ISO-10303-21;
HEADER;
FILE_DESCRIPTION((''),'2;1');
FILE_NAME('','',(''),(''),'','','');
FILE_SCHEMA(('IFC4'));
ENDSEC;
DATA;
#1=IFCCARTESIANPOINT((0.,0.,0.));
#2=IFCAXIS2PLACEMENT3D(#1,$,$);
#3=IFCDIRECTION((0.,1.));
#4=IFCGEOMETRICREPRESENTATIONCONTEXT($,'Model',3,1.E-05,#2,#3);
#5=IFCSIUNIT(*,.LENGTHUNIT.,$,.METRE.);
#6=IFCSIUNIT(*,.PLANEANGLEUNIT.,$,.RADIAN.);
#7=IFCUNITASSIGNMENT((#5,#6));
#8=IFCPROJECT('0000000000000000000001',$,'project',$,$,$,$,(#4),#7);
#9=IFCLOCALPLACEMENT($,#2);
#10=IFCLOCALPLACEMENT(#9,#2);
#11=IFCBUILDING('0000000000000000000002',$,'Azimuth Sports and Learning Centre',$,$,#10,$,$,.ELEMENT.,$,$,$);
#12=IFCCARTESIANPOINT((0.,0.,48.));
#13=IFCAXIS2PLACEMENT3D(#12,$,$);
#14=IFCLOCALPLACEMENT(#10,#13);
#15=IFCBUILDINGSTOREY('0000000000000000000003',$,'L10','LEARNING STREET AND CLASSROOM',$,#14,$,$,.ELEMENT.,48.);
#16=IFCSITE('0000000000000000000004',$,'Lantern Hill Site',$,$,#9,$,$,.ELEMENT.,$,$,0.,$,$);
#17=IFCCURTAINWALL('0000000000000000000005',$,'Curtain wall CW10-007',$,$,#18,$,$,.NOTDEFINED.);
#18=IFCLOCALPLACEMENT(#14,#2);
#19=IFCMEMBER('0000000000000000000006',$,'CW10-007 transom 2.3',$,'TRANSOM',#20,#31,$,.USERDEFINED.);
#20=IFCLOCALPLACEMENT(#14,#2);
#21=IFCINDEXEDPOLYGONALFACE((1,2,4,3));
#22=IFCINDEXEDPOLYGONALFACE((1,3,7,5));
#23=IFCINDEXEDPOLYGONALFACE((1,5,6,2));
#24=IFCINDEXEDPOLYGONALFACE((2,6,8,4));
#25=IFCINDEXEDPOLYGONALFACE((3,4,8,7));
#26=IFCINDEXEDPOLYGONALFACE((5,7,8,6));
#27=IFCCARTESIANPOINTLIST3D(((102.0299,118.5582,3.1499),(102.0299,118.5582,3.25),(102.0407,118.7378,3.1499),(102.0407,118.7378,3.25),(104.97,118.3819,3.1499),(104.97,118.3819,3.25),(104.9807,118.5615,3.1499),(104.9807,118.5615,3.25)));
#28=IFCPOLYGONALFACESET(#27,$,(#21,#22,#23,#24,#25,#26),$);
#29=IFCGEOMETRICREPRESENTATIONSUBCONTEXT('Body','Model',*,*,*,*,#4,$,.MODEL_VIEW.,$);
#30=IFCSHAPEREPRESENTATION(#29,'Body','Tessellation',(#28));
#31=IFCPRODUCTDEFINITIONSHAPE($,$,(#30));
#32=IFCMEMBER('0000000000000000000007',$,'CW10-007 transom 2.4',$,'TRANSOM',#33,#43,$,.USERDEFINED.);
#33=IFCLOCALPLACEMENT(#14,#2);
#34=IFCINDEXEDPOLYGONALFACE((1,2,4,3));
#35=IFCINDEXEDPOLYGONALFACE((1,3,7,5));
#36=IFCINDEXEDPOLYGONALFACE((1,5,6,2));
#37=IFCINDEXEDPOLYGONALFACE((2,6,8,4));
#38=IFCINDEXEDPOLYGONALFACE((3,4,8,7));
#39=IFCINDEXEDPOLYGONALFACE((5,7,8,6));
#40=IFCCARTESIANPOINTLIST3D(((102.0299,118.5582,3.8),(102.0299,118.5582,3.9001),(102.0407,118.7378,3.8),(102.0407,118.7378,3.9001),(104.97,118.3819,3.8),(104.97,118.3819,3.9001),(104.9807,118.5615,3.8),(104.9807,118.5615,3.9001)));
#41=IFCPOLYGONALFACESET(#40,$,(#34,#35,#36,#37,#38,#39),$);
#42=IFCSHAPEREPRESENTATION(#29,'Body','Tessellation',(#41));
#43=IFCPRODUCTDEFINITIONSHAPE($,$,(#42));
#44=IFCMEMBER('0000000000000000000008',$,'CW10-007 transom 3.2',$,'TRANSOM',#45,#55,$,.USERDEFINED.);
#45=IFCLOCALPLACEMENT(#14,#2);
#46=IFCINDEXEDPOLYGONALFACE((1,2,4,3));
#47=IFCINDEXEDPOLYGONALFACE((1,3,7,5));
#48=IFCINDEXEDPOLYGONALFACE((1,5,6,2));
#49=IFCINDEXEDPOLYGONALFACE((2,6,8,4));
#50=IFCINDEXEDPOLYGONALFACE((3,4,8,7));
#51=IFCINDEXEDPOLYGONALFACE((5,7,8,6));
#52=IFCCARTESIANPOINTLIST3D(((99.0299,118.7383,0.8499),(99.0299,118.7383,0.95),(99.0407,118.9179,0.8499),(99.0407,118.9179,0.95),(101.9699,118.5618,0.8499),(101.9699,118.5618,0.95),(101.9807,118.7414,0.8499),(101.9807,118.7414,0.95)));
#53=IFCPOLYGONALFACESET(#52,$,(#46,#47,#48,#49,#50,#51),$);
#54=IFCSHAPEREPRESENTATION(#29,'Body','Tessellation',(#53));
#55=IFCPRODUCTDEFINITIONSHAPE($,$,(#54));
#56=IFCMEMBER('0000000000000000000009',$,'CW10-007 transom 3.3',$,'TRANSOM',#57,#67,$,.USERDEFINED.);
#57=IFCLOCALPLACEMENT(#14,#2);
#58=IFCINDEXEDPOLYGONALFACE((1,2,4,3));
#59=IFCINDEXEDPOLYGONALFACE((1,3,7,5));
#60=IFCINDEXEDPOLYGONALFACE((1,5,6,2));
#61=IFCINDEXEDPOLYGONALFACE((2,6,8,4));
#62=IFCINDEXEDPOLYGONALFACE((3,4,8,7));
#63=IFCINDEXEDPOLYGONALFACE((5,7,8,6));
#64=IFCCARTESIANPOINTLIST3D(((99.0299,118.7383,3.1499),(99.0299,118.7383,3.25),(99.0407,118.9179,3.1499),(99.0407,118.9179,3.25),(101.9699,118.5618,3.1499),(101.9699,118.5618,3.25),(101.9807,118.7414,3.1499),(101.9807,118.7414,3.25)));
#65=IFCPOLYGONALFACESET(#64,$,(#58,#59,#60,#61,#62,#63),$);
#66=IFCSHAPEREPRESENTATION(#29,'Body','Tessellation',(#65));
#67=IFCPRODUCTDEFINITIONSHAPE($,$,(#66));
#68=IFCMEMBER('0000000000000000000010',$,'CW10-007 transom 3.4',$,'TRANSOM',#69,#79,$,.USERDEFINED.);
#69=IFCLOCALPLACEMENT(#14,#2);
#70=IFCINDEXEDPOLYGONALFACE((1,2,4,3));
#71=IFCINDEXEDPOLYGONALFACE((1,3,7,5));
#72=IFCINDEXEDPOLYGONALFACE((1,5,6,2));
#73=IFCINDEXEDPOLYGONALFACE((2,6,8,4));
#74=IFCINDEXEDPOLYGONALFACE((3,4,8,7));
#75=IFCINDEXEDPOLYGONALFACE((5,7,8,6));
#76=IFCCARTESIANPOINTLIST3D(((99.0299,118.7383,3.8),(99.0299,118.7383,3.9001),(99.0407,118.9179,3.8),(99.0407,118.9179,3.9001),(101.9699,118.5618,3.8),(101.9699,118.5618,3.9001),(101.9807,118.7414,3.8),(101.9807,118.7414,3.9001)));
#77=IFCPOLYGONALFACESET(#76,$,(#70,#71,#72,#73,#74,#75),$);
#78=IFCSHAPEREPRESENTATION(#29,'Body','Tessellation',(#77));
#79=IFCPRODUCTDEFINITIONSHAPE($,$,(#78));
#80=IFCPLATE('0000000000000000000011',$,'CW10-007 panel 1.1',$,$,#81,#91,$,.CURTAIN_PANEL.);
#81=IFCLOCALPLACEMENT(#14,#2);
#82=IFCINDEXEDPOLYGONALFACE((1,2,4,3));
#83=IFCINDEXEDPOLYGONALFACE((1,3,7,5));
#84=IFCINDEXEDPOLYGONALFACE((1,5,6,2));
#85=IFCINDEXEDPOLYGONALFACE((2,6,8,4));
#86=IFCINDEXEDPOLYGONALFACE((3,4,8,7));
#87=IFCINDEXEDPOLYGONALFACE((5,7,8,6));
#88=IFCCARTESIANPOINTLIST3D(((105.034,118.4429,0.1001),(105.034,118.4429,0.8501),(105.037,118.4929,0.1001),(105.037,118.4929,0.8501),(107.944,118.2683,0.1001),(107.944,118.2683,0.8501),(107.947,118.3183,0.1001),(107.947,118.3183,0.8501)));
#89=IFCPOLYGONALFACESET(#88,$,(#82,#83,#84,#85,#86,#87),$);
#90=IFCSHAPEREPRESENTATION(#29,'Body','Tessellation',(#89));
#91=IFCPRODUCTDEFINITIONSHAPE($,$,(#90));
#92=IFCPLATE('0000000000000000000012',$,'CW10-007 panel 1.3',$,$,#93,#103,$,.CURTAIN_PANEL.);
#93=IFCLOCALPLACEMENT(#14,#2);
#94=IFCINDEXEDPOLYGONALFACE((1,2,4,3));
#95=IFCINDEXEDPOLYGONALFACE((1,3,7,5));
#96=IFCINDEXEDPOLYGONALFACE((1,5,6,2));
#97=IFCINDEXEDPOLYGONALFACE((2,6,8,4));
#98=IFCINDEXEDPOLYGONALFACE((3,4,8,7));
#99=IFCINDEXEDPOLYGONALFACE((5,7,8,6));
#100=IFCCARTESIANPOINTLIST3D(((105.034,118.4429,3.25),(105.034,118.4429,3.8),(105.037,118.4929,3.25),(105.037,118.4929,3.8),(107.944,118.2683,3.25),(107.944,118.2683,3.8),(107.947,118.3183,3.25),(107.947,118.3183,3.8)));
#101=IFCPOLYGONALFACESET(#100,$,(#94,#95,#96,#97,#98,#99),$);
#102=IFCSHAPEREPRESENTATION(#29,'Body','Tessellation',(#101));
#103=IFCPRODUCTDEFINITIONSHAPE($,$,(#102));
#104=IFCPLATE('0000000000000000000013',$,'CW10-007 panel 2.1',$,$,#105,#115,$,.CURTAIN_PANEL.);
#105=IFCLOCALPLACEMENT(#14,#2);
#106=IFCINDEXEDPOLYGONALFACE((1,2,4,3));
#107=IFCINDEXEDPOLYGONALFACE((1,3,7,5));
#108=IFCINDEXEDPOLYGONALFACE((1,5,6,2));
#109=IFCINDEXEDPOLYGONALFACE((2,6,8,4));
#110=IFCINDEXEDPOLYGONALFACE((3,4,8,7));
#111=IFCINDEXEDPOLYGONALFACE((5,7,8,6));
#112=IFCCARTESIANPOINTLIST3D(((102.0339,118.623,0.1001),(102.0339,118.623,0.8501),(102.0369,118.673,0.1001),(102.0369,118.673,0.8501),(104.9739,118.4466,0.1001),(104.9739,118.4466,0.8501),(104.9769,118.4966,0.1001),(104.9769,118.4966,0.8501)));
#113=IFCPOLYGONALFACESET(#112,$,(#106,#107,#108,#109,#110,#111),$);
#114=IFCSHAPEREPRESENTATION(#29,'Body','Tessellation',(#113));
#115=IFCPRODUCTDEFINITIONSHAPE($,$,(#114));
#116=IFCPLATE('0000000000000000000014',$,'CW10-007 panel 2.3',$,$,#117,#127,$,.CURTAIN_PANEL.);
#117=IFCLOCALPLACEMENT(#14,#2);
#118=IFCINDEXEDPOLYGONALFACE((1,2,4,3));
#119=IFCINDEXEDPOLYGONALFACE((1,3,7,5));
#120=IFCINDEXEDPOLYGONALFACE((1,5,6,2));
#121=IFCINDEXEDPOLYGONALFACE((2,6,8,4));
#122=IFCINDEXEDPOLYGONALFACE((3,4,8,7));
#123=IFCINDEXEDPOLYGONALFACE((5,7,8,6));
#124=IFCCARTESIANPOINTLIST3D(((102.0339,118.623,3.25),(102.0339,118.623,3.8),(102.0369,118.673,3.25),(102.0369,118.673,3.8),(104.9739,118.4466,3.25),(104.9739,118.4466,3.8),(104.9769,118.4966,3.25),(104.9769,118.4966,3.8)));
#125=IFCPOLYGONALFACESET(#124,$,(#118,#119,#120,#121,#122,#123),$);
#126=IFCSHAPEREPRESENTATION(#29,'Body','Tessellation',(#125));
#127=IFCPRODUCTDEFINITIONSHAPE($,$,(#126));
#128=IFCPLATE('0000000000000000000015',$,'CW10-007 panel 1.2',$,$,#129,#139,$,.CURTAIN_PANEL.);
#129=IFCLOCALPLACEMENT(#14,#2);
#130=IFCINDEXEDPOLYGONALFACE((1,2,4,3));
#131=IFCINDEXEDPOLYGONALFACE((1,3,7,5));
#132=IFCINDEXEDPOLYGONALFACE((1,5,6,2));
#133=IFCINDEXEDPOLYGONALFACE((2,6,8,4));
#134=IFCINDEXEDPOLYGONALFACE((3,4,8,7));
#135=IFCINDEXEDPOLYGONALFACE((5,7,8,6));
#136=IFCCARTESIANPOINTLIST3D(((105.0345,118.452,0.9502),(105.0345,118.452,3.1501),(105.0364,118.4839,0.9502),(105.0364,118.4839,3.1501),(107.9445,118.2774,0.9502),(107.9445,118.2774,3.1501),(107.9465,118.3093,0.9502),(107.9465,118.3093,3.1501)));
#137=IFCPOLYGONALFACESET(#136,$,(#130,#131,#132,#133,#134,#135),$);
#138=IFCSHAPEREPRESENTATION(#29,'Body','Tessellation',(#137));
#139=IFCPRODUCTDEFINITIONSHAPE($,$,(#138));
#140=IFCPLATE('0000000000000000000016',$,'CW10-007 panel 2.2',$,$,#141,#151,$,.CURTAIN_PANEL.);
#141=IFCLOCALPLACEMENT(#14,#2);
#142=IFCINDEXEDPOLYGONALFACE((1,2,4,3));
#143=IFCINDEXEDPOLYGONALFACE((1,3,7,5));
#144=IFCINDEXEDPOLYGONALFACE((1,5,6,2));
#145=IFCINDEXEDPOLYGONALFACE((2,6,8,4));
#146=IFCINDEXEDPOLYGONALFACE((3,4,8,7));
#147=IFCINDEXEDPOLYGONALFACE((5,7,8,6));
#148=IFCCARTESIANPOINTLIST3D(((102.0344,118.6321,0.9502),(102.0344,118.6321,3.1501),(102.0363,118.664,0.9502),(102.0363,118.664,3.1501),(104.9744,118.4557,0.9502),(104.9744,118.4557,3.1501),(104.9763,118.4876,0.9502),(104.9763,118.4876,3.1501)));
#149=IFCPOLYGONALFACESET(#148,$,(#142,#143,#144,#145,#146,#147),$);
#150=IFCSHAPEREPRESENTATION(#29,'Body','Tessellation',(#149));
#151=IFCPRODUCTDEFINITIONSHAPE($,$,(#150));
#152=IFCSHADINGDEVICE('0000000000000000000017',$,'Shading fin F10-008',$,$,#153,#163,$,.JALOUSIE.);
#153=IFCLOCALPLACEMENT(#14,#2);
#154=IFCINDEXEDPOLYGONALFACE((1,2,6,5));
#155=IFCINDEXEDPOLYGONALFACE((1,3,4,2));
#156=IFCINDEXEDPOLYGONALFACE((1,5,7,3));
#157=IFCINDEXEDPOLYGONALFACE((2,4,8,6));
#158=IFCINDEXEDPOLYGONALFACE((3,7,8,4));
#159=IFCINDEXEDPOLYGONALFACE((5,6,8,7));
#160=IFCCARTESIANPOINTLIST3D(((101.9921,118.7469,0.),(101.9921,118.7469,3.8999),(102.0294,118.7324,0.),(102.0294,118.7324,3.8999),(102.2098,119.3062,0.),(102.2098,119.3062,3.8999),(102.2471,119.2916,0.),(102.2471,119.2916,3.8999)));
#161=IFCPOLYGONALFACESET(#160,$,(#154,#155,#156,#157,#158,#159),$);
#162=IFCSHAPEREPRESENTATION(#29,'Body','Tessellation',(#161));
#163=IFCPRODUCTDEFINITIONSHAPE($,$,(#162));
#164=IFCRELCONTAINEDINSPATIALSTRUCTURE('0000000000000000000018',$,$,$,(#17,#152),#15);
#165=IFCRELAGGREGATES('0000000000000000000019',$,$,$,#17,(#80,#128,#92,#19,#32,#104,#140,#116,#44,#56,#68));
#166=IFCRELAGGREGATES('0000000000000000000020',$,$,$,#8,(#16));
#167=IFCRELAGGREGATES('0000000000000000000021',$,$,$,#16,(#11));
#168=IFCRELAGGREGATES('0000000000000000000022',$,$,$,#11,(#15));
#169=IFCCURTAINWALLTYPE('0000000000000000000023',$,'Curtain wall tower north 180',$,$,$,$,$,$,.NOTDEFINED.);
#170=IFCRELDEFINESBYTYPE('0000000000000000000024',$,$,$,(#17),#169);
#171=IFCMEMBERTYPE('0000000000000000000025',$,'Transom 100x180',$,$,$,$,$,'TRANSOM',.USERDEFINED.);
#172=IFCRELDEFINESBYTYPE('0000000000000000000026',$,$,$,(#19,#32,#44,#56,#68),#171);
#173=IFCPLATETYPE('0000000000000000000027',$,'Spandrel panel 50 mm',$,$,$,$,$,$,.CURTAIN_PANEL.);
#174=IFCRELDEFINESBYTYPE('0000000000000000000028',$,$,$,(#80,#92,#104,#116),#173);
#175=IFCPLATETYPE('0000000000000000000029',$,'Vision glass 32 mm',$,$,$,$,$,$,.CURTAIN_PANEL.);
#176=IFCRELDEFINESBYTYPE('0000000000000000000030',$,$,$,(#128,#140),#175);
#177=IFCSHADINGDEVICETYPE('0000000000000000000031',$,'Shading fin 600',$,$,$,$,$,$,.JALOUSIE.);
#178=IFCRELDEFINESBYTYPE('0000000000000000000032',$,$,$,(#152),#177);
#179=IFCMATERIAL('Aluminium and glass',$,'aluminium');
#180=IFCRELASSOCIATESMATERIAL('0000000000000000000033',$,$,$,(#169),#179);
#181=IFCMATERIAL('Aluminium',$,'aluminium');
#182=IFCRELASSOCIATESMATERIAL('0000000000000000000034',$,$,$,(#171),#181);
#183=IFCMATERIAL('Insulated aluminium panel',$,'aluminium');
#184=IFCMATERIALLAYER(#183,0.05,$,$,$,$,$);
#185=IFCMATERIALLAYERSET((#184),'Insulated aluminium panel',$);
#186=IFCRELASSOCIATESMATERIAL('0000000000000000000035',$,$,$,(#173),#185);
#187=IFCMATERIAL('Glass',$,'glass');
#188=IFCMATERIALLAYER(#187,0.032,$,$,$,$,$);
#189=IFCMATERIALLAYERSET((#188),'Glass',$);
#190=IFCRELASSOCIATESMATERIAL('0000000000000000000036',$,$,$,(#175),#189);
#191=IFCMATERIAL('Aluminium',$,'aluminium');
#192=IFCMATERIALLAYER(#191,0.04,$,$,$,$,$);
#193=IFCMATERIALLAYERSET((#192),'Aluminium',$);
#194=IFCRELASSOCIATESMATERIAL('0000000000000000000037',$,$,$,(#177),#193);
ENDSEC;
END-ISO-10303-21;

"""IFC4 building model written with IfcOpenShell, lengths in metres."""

from ifc_helpers import new_model, si_unit, direction, frame, origin, origin_2d, place, context, subcontext, project, spatial, rectangle, extrude, material, layer, layer_set, material_profile, profile_set, type_object, element, aggregate, save


model = new_model("IFC4")

# Units and contexts
model_context = context("Model", 3, precision=1e-05, world=origin(), true_north=direction((0.0, 1.0)))
body_context = subcontext(model_context, "Body", "Model", "MODEL_VIEW")
ifc_project = project(units=[si_unit("LENGTHUNIT", "METRE"), si_unit("PLANEANGLEUNIT", "RADIAN")], contexts=[model_context])

# Site, building, storey
site_placement = place(None, origin())
site = spatial("IfcSite", under=ifc_project, at=site_placement, Name="Lantern Hill Site", CompositionType="ELEMENT", RefElevation=0.0)
building_placement = place(site_placement, origin())
building = spatial("IfcBuilding", under=site, at=building_placement, Name="Azimuth Sports and Learning Centre", CompositionType="ELEMENT")
storey_placement = place(building_placement, frame((0.0, 0.0, 48.0)))
storey = spatial("IfcBuildingStorey", under=building, at=storey_placement, Name="L10", Description="LEARNING STREET AND CLASSROOM", CompositionType="ELEMENT", Elevation=48.0)

# Curtain wall, members, plates
ifc_material_1 = material(Name="Aluminium and glass", Category="aluminium")
curtain_wall_type = type_object("IfcCurtainWallType", Name="Curtain wall tower north 180", PredefinedType="NOTDEFINED", material=ifc_material_1)
curtain_wall_placement = place(storey_placement, origin())
curtain_wall = element("IfcCurtainWall", 1, at=curtain_wall_placement, inside=storey, type_object=curtain_wall_type, Name="Curtain wall CW10-007", PredefinedType="NOTDEFINED")
ifc_material_2 = material(Name="Aluminium", Category="aluminium")
ifc_material_profile_1 = material_profile(ifc_material_2, rectangle(XDim=0.1799, YDim=0.1001, at=origin_2d()), Name="Transom 100x180")
ifc_profile_set_1 = profile_set([ifc_material_profile_1], Name="Aluminium")
member_type_1 = type_object("IfcMemberType", Name="Transom 100x180", ElementType="TRANSOM", PredefinedType="USERDEFINED", material=ifc_profile_set_1)
member_1_placement = place(storey_placement, frame((104.9753, 118.4717, 3.2), z_axis=(-0.998207, 0.059849, 0.0), x_axis=(-0.059849, -0.998207, 0.0)))
member_1 = element("IfcMember", 2, at=member_1_placement, type_object=member_type_1, Name="CW10-007 transom 2.3", ObjectType="TRANSOM", PredefinedType="USERDEFINED", context=body_context, shape_type="SweptSolid", body=[
    extrude(rectangle(XDim=0.1799, YDim=0.1001, at=origin_2d()), origin(), (0.0, 0.0, 1.0), 2.9453),
])
member_2_placement = place(storey_placement, frame((104.9753, 118.4717, 3.8501), z_axis=(-0.998207, 0.059849, 0.0), x_axis=(-0.059849, -0.998207, 0.0)))
member_2 = element("IfcMember", 3, at=member_2_placement, type_object=member_type_1, Name="CW10-007 transom 2.4", ObjectType="TRANSOM", PredefinedType="USERDEFINED", context=body_context, shape_type="SweptSolid", body=[
    extrude(rectangle(XDim=0.1799, YDim=0.1001, at=origin_2d()), origin(), (0.0, 0.0, 1.0), 2.9453),
])
member_3_placement = place(storey_placement, frame((101.9753, 118.6516, 0.8999), z_axis=(-0.998202, 0.059932, 0.0), x_axis=(-0.059932, -0.998202, 0.0)))
member_3 = element("IfcMember", 4, at=member_3_placement, type_object=member_type_1, Name="CW10-007 transom 3.2", ObjectType="TRANSOM", PredefinedType="USERDEFINED", context=body_context, shape_type="SweptSolid", body=[
    extrude(rectangle(XDim=0.1799, YDim=0.1001, at=origin_2d()), origin(), (0.0, 0.0, 1.0), 2.9453),
])
member_4_placement = place(storey_placement, frame((101.9753, 118.6516, 3.2), z_axis=(-0.998202, 0.059932, 0.0), x_axis=(-0.059932, -0.998202, 0.0)))
member_4 = element("IfcMember", 5, at=member_4_placement, type_object=member_type_1, Name="CW10-007 transom 3.3", ObjectType="TRANSOM", PredefinedType="USERDEFINED", context=body_context, shape_type="SweptSolid", body=[
    extrude(rectangle(XDim=0.1799, YDim=0.1001, at=origin_2d()), origin(), (0.0, 0.0, 1.0), 2.9453),
])
member_5_placement = place(storey_placement, frame((101.9753, 118.6516, 3.8501), z_axis=(-0.998202, 0.059932, 0.0), x_axis=(-0.059932, -0.998202, 0.0)))
member_5 = element("IfcMember", 6, at=member_5_placement, type_object=member_type_1, Name="CW10-007 transom 3.4", ObjectType="TRANSOM", PredefinedType="USERDEFINED", context=body_context, shape_type="SweptSolid", body=[
    extrude(rectangle(XDim=0.1799, YDim=0.1001, at=origin_2d()), origin(), (0.0, 0.0, 1.0), 2.9453),
])
ifc_material_3 = material(Name="Insulated aluminium panel", Category="aluminium")
ifc_layer_1 = layer(ifc_material_3, 0.05)
ifc_layer_set_1 = layer_set([ifc_layer_1], Name="Insulated aluminium panel")
plate_type_1 = type_object("IfcPlateType", Name="Spandrel panel 50 mm", PredefinedType="CURTAIN_PANEL", material=ifc_layer_set_1)
plate_1_placement = place(storey_placement, frame((106.4905, 118.3806, 0.1001), z_axis=(0.0, 0.0, 1.0), x_axis=(-0.998205, 0.059892, 0.0)))
plate_1 = element("IfcPlate", 7, at=plate_1_placement, type_object=plate_type_1, Name="CW10-007 panel 1.1", PredefinedType="CURTAIN_PANEL", context=body_context, shape_type="SweptSolid", body=[
    extrude(rectangle(XDim=2.9153, YDim=0.05, at=origin_2d()), origin(), (0.0, 0.0, 1.0), 0.75),
])
plate_2_placement = place(storey_placement, frame((106.4905, 118.3806, 3.25), z_axis=(0.0, 0.0, 1.0), x_axis=(-0.998205, 0.059892, 0.0)))
plate_2 = element("IfcPlate", 8, at=plate_2_placement, type_object=plate_type_1, Name="CW10-007 panel 1.3", PredefinedType="CURTAIN_PANEL", context=body_context, shape_type="SweptSolid", body=[
    extrude(rectangle(XDim=2.9153, YDim=0.05, at=origin_2d()), origin(), (0.0, 0.0, 1.0), 0.55),
])
plate_3_placement = place(storey_placement, frame((103.5054, 118.5598, 0.1001), z_axis=(0.0, 0.0, 1.0), x_axis=(-0.998205, 0.059892, 0.0)))
plate_3 = element("IfcPlate", 9, at=plate_3_placement, type_object=plate_type_1, Name="CW10-007 panel 2.1", PredefinedType="CURTAIN_PANEL", context=body_context, shape_type="SweptSolid", body=[
    extrude(rectangle(XDim=2.9453, YDim=0.05, at=origin_2d()), origin(), (0.0, 0.0, 1.0), 0.75),
])
plate_4_placement = place(storey_placement, frame((103.5054, 118.5598, 3.25), z_axis=(0.0, 0.0, 1.0), x_axis=(-0.998205, 0.059892, 0.0)))
plate_4 = element("IfcPlate", 10, at=plate_4_placement, type_object=plate_type_1, Name="CW10-007 panel 2.3", PredefinedType="CURTAIN_PANEL", context=body_context, shape_type="SweptSolid", body=[
    extrude(rectangle(XDim=2.9453, YDim=0.05, at=origin_2d()), origin(), (0.0, 0.0, 1.0), 0.55),
])
ifc_material_4 = material(Name="Glass", Category="glass")
ifc_layer_2 = layer(ifc_material_4, 0.032)
ifc_layer_set_2 = layer_set([ifc_layer_2], Name="Glass")
plate_type_2 = type_object("IfcPlateType", Name="Vision glass 32 mm", PredefinedType="CURTAIN_PANEL", material=ifc_layer_set_2)
plate_5_placement = place(storey_placement, frame((106.4905, 118.3806, 0.9502), z_axis=(0.0, 0.0, 1.0), x_axis=(-0.998205, 0.059892, 0.0)))
plate_5 = element("IfcPlate", 11, at=plate_5_placement, type_object=plate_type_2, Name="CW10-007 panel 1.2", PredefinedType="CURTAIN_PANEL", context=body_context, shape_type="SweptSolid", body=[
    extrude(rectangle(XDim=2.9153, YDim=0.032, at=origin_2d()), origin(), (0.0, 0.0, 1.0), 2.2),
])
plate_6_placement = place(storey_placement, frame((103.5054, 118.5598, 0.9502), z_axis=(0.0, 0.0, 1.0), x_axis=(-0.998205, 0.059892, 0.0)))
plate_6 = element("IfcPlate", 12, at=plate_6_placement, type_object=plate_type_2, Name="CW10-007 panel 2.2", PredefinedType="CURTAIN_PANEL", context=body_context, shape_type="SweptSolid", body=[
    extrude(rectangle(XDim=2.9453, YDim=0.032, at=origin_2d()), origin(), (0.0, 0.0, 1.0), 2.2),
])
aggregate(curtain_wall, [plate_1, plate_5, plate_2, member_1, member_2, plate_3, plate_6, plate_4, member_3, member_4, member_5])

# Shading device
ifc_material_5 = material(Name="Aluminium", Category="aluminium")
ifc_layer_3 = layer(ifc_material_5, 0.04)
ifc_layer_set_3 = layer_set([ifc_layer_3], Name="Aluminium")
shading_device_type = type_object("IfcShadingDeviceType", Name="Shading fin 600", PredefinedType="JALOUSIE", material=ifc_layer_set_3)
shading_device_placement = place(storey_placement, frame((102.1196, 119.0193, 0.0), z_axis=(0.0, 0.0, 1.0), x_axis=(0.362749, 0.931887, 0.0)))
element("IfcShadingDevice", 13, at=shading_device_placement, inside=storey, type_object=shading_device_type, Name="Shading fin F10-008", PredefinedType="JALOUSIE", context=body_context, shape_type="SweptSolid", body=[
    extrude(rectangle(XDim=0.6001, YDim=0.04, at=origin_2d()), origin(), (0.0, 0.0, 1.0), 3.8999),
])

save(model, "model.ifc")
